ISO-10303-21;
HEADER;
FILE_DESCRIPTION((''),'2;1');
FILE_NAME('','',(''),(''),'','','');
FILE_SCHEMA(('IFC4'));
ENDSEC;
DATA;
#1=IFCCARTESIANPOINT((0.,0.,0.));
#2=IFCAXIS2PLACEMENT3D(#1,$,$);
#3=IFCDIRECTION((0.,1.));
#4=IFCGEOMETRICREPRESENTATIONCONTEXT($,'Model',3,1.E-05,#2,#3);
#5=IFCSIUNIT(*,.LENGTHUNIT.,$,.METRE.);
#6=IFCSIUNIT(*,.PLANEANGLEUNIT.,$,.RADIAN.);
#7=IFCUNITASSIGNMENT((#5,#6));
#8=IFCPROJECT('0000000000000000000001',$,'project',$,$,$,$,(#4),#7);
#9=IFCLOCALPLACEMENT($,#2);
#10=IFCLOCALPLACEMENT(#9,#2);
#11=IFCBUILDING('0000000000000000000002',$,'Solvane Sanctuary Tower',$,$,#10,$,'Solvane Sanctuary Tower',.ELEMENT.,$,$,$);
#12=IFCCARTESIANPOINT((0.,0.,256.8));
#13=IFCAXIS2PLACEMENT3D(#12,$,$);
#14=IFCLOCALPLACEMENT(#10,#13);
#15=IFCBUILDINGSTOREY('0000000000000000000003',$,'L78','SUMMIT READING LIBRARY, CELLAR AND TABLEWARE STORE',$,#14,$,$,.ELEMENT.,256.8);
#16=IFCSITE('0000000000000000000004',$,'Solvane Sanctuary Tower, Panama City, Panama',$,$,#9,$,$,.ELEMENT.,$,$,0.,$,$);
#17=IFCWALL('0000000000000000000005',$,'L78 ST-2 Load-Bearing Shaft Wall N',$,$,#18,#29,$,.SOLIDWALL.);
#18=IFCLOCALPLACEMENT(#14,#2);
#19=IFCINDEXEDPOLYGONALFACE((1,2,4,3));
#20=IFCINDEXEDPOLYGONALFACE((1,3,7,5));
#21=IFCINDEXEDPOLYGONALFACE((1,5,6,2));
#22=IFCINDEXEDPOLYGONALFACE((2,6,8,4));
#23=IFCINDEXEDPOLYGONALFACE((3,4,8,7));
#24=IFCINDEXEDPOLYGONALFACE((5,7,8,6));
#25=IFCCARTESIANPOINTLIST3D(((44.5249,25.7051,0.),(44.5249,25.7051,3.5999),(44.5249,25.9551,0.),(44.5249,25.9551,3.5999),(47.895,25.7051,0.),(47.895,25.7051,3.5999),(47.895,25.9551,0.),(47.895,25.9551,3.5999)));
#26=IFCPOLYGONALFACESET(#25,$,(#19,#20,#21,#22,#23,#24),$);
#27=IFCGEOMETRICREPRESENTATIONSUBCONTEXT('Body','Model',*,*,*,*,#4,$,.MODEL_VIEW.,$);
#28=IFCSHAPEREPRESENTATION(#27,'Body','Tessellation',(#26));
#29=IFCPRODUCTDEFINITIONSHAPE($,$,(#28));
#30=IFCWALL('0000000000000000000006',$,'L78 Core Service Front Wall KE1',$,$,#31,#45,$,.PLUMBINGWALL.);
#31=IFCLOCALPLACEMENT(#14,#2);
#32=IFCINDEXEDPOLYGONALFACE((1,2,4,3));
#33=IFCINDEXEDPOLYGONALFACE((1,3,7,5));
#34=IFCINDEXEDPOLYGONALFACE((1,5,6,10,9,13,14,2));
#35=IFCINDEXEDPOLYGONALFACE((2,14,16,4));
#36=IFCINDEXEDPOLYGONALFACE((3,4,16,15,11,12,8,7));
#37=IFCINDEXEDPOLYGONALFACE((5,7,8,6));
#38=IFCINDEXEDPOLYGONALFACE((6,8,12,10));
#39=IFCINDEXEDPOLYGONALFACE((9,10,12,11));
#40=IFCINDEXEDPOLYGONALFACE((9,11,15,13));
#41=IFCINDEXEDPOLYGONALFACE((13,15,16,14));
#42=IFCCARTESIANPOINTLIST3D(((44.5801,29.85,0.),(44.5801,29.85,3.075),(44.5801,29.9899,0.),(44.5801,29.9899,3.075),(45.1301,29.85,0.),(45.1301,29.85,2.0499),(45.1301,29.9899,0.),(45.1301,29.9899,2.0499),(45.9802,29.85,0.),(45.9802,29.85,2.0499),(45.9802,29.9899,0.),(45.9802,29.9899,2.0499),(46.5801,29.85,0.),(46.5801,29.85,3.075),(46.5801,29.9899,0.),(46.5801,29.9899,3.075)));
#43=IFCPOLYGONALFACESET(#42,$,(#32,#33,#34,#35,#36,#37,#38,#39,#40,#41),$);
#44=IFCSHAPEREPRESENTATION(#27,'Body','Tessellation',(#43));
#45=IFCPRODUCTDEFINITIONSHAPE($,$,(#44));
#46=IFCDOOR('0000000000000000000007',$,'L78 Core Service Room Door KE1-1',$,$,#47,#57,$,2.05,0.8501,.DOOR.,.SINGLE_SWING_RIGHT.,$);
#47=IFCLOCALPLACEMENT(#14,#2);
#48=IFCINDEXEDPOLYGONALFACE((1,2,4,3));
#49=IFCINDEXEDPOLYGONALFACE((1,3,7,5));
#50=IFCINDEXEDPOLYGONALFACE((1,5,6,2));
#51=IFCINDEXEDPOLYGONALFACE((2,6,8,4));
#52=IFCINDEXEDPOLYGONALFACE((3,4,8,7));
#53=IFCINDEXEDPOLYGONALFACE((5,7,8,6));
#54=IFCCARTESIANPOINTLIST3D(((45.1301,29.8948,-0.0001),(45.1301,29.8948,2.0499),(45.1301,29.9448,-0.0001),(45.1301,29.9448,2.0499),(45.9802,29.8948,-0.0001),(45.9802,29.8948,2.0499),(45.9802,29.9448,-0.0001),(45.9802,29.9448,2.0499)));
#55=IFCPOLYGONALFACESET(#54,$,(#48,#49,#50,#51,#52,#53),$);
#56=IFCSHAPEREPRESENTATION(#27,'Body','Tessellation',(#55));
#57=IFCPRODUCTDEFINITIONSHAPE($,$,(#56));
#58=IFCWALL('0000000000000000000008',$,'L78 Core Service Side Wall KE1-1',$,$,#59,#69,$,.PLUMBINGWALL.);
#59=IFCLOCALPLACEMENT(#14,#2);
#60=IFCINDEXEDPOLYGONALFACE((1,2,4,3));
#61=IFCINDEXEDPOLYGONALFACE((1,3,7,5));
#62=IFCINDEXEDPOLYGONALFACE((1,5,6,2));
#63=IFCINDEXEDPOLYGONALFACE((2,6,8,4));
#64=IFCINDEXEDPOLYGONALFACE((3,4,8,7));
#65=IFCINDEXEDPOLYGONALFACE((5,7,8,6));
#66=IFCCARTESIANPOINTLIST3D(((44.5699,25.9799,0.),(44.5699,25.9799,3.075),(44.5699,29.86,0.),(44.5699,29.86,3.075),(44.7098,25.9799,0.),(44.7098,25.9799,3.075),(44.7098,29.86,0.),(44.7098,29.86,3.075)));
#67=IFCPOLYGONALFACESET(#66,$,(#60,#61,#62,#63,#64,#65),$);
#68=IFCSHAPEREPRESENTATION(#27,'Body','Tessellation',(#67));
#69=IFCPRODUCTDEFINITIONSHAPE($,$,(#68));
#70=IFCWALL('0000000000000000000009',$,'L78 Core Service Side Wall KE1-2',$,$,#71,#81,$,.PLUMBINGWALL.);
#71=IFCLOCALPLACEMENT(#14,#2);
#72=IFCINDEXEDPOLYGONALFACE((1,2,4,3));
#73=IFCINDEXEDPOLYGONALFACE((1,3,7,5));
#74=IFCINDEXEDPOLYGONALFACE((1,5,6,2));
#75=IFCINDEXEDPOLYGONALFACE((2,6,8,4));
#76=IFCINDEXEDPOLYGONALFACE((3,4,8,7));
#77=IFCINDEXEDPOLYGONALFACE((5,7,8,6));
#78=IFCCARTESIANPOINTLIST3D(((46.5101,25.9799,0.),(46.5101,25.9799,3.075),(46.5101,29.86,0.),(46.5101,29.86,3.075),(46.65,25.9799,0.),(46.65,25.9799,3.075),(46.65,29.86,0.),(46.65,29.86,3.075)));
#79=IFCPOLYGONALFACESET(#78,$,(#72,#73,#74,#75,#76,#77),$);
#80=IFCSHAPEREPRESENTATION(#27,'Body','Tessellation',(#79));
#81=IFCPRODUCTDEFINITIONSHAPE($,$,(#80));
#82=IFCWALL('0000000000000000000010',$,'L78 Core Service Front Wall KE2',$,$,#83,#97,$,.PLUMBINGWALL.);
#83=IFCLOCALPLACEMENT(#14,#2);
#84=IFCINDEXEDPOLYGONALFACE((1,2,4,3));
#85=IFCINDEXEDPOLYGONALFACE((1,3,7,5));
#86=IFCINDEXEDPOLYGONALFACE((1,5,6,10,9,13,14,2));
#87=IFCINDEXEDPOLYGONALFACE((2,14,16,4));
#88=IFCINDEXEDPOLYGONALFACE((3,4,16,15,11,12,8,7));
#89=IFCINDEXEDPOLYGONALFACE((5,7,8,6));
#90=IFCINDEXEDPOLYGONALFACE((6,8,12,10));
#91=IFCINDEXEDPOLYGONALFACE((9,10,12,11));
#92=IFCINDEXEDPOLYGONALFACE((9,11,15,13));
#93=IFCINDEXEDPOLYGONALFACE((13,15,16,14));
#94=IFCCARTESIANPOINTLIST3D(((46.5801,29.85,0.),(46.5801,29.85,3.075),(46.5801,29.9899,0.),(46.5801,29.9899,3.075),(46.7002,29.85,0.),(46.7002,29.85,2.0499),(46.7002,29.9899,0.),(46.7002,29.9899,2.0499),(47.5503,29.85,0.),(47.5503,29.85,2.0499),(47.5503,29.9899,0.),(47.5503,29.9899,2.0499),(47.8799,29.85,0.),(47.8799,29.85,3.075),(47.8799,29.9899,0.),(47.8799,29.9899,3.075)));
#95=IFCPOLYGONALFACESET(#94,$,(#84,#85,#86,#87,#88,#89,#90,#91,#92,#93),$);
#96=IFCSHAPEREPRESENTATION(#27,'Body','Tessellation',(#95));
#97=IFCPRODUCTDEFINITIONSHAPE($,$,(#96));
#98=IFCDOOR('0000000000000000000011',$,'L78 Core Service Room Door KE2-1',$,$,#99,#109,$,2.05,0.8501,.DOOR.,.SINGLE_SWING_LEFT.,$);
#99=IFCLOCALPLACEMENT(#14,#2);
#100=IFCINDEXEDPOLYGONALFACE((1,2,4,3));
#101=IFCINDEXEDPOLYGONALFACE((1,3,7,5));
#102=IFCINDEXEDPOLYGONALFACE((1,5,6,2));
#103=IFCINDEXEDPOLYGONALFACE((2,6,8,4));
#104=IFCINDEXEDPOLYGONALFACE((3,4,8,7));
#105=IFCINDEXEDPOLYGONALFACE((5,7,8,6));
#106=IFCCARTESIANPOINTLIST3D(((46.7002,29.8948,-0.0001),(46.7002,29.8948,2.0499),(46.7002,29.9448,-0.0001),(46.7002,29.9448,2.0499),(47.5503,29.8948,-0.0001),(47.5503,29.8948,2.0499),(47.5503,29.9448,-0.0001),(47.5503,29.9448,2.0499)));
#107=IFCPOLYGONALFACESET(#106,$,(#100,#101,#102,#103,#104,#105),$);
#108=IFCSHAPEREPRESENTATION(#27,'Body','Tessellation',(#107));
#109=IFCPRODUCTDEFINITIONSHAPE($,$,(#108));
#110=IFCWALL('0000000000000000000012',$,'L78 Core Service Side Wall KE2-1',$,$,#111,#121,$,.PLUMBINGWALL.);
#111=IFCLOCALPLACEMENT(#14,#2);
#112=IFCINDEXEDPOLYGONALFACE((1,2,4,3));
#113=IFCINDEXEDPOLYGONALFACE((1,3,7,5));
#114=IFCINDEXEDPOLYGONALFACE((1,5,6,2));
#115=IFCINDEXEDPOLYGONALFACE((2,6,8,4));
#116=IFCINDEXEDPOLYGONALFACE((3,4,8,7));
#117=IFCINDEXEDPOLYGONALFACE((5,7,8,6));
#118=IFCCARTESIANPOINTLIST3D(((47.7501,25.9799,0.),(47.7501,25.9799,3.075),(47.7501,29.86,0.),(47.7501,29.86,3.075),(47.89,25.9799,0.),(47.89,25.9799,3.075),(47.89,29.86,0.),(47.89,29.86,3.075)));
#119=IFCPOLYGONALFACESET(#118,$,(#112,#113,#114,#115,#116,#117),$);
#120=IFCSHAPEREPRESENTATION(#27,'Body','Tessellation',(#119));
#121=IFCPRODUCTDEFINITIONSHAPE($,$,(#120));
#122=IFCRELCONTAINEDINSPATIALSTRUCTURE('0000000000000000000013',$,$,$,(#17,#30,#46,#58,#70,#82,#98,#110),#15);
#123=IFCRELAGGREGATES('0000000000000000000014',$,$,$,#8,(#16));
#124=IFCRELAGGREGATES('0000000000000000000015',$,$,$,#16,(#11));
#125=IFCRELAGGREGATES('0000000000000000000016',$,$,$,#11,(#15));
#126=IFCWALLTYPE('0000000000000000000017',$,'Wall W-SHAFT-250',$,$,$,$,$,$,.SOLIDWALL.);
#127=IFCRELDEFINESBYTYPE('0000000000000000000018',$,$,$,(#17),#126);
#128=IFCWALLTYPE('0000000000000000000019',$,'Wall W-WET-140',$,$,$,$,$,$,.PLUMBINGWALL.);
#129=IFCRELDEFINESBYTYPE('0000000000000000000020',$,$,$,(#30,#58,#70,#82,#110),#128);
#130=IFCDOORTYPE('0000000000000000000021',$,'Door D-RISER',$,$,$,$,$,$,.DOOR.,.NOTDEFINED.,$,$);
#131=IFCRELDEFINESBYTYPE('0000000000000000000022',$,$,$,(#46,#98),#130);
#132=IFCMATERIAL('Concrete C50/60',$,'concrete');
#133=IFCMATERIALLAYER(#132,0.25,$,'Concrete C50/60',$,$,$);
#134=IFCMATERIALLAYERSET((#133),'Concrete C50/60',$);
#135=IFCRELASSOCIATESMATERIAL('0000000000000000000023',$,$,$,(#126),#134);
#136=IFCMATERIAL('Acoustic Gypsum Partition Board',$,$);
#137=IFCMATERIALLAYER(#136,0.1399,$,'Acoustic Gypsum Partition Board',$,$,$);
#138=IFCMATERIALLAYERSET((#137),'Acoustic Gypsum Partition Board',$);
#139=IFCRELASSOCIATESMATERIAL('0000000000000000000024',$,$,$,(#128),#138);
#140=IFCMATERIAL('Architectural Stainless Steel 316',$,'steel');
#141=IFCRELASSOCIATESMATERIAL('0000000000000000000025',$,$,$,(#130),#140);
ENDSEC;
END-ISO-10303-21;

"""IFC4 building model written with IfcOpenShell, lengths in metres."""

from ifc_helpers import new_model, si_unit, direction, frame, frame_2d, origin, place, context, subcontext, project, spatial, rectangle, extrude, material, layer, layer_set, type_object, element, fill, save


model = new_model("IFC4")

# Units and contexts
model_context = context("Model", 3, precision=1e-05, world=origin(), true_north=direction((0.0, 1.0)))
body_context = subcontext(model_context, "Body", "Model", "MODEL_VIEW")
ifc_project = project(units=[si_unit("LENGTHUNIT", "METRE"), si_unit("PLANEANGLEUNIT", "RADIAN")], contexts=[model_context])

# Site, building, storey
site_placement = place(None, origin())
site = spatial("IfcSite", under=ifc_project, at=site_placement, Name="Solvane Sanctuary Tower, Panama City, Panama", CompositionType="ELEMENT", RefElevation=0.0)
building_placement = place(site_placement, origin())
building = spatial("IfcBuilding", under=site, at=building_placement, Name="Solvane Sanctuary Tower", LongName="Solvane Sanctuary Tower", CompositionType="ELEMENT")
storey_placement = place(building_placement, frame((0.0, 0.0, 256.8)))
storey = spatial("IfcBuildingStorey", under=building, at=storey_placement, Name="L78", Description="SUMMIT READING LIBRARY, CELLAR AND TABLEWARE STORE", CompositionType="ELEMENT", Elevation=256.8)

# Shared definitions
ifc_material_1 = material(Name="Concrete C50/60", Category="concrete")
ifc_material_2 = material(Name="Acoustic Gypsum Partition Board")

# Shared definitions
ifc_material_3 = material(Name="Architectural Stainless Steel 316", Category="steel")

# Wall
ifc_layer_1 = layer(ifc_material_1, 0.25, Name="Concrete C50/60")
ifc_layer_set_1 = layer_set([ifc_layer_1], Name="Concrete C50/60")
wall_type_1 = type_object("IfcWallType", Name="Wall W-SHAFT-250", PredefinedType="SOLIDWALL", material=ifc_layer_set_1)
wall_1_placement = place(storey_placement, frame((44.5249, 25.8301, 0.0), z_axis=(0.0, 0.0, 1.0), x_axis=(1.0, 0.0, 0.0)))
element("IfcWall", 1, at=wall_1_placement, inside=storey, type_object=wall_type_1, Name="L78 ST-2 Load-Bearing Shaft Wall N", PredefinedType="SOLIDWALL", context=body_context, shape_type="SweptSolid", body=[
    extrude(rectangle(XDim=3.3701, YDim=0.25, at=frame_2d((1.6851, 0.0))), origin(), (0.0, 0.0, 1.0), 3.5999),
])

# Wall, opening, door
ifc_layer_2 = layer(ifc_material_2, 0.1399, Name="Acoustic Gypsum Partition Board")
ifc_layer_set_2 = layer_set([ifc_layer_2], Name="Acoustic Gypsum Partition Board")
wall_type_2 = type_object("IfcWallType", Name="Wall W-WET-140", PredefinedType="PLUMBINGWALL", material=ifc_layer_set_2)
wall_2_placement = place(storey_placement, frame((44.5801, 29.9199, 0.0), z_axis=(0.0, 0.0, 1.0), x_axis=(1.0, 0.0, 0.0)))
wall_2 = element("IfcWall", 2, at=wall_2_placement, inside=storey, type_object=wall_type_2, Name="L78 Core Service Front Wall KE1", PredefinedType="PLUMBINGWALL", context=body_context, shape_type="SweptSolid", body=[
    extrude(rectangle(XDim=2.0, YDim=0.1399, at=frame_2d((1.0, 0.0))), origin(), (0.0, 0.0, 1.0), 3.075),
])
opening_1_placement = place(wall_2_placement, frame((0.55, 0.0, 0.0)))
opening_1 = element("IfcOpeningElement", 3, at=opening_1_placement, cuts=wall_2, PredefinedType="OPENING", context=body_context, shape_type="SweptSolid", body=[
    extrude(rectangle(XDim=0.8501, YDim=2.05, at=frame_2d((0.425, 1.0249))), frame((0.0, 0.0798, 0.0), z_axis=(0.0, -1.0, 0.0), x_axis=(1.0, 0.0, 0.0)), (0.0, 0.0, 1.0), 0.1599),
])
door_type_1 = type_object("IfcDoorType", Name="Door D-RISER", OperationType="NOTDEFINED", PredefinedType="DOOR", material=ifc_material_3)
door_1_placement = place(opening_1_placement, origin())
door_1 = element("IfcDoor", 4, at=door_1_placement, inside=storey, type_object=door_type_1, Name="L78 Core Service Room Door KE1-1", OperationType="SINGLE_SWING_RIGHT", OverallHeight=2.05, OverallWidth=0.8501, PredefinedType="DOOR", context=body_context, shape_type="SweptSolid", body=[
    extrude(rectangle(XDim=0.8501, YDim=2.05, at=frame_2d((0.425, 1.0249))), frame((0.0, 0.0249, 0.0), z_axis=(0.0, -1.0, 0.0), x_axis=(1.0, 0.0, 0.0)), (0.0, 0.0, 1.0), 0.05),
])
fill(opening_1, door_1)

# Walls
for number, where, z_axis, x_axis, name in (
    (5, (44.6399, 25.98, 0.0), (0.0, 0.0, 1.0), (0.0, 1.0, 0.0), "L78 Core Service Side Wall KE1-1"),
    (6, (46.5801, 25.98, 0.0), (0.0, 0.0, 1.0), (0.0, 1.0, 0.0), "L78 Core Service Side Wall KE1-2"),
):
    element("IfcWall", number, at=place(storey_placement, frame(where, z_axis=z_axis, x_axis=x_axis)), inside=storey, type_object=wall_type_2, Name=name, PredefinedType="PLUMBINGWALL", context=body_context, shape_type="SweptSolid", body=[
        extrude(rectangle(XDim=3.8801, YDim=0.1399, at=frame_2d((1.9399, 0.0))), origin(), (0.0, 0.0, 1.0), 3.075),
    ])

# Wall, opening, door
wall_3_placement = place(storey_placement, frame((46.5801, 29.9199, 0.0), z_axis=(0.0, 0.0, 1.0), x_axis=(1.0, 0.0, 0.0)))
wall_3 = element("IfcWall", 7, at=wall_3_placement, inside=storey, type_object=wall_type_2, Name="L78 Core Service Front Wall KE2", PredefinedType="PLUMBINGWALL", context=body_context, shape_type="SweptSolid", body=[
    extrude(rectangle(XDim=1.2998, YDim=0.1399, at=frame_2d((0.6499, 0.0))), origin(), (0.0, 0.0, 1.0), 3.075),
])
opening_2_placement = place(wall_3_placement, frame((0.1201, 0.0, 0.0)))
opening_2 = element("IfcOpeningElement", 8, at=opening_2_placement, cuts=wall_3, PredefinedType="OPENING", context=body_context, shape_type="SweptSolid", body=[
    extrude(rectangle(XDim=0.8501, YDim=2.05, at=frame_2d((0.425, 1.0249))), frame((0.0, 0.0798, 0.0), z_axis=(0.0, -1.0, 0.0), x_axis=(1.0, 0.0, 0.0)), (0.0, 0.0, 1.0), 0.1599),
])
door_2_placement = place(opening_2_placement, origin())
door_2 = element("IfcDoor", 9, at=door_2_placement, inside=storey, type_object=door_type_1, Name="L78 Core Service Room Door KE2-1", OperationType="SINGLE_SWING_LEFT", OverallHeight=2.05, OverallWidth=0.8501, PredefinedType="DOOR", context=body_context, shape_type="SweptSolid", body=[
    extrude(rectangle(XDim=0.8501, YDim=2.05, at=frame_2d((0.425, 1.0249))), frame((0.0, 0.0249, 0.0), z_axis=(0.0, -1.0, 0.0), x_axis=(1.0, 0.0, 0.0)), (0.0, 0.0, 1.0), 0.05),
])
fill(opening_2, door_2)

# Wall
wall_4_placement = place(storey_placement, frame((47.8201, 25.98, 0.0), z_axis=(0.0, 0.0, 1.0), x_axis=(0.0, 1.0, 0.0)))
element("IfcWall", 10, at=wall_4_placement, inside=storey, type_object=wall_type_2, Name="L78 Core Service Side Wall KE2-1", PredefinedType="PLUMBINGWALL", context=body_context, shape_type="SweptSolid", body=[
    extrude(rectangle(XDim=3.8801, YDim=0.1399, at=frame_2d((1.9399, 0.0))), origin(), (0.0, 0.0, 1.0), 3.075),
])

save(model, "model.ifc")
